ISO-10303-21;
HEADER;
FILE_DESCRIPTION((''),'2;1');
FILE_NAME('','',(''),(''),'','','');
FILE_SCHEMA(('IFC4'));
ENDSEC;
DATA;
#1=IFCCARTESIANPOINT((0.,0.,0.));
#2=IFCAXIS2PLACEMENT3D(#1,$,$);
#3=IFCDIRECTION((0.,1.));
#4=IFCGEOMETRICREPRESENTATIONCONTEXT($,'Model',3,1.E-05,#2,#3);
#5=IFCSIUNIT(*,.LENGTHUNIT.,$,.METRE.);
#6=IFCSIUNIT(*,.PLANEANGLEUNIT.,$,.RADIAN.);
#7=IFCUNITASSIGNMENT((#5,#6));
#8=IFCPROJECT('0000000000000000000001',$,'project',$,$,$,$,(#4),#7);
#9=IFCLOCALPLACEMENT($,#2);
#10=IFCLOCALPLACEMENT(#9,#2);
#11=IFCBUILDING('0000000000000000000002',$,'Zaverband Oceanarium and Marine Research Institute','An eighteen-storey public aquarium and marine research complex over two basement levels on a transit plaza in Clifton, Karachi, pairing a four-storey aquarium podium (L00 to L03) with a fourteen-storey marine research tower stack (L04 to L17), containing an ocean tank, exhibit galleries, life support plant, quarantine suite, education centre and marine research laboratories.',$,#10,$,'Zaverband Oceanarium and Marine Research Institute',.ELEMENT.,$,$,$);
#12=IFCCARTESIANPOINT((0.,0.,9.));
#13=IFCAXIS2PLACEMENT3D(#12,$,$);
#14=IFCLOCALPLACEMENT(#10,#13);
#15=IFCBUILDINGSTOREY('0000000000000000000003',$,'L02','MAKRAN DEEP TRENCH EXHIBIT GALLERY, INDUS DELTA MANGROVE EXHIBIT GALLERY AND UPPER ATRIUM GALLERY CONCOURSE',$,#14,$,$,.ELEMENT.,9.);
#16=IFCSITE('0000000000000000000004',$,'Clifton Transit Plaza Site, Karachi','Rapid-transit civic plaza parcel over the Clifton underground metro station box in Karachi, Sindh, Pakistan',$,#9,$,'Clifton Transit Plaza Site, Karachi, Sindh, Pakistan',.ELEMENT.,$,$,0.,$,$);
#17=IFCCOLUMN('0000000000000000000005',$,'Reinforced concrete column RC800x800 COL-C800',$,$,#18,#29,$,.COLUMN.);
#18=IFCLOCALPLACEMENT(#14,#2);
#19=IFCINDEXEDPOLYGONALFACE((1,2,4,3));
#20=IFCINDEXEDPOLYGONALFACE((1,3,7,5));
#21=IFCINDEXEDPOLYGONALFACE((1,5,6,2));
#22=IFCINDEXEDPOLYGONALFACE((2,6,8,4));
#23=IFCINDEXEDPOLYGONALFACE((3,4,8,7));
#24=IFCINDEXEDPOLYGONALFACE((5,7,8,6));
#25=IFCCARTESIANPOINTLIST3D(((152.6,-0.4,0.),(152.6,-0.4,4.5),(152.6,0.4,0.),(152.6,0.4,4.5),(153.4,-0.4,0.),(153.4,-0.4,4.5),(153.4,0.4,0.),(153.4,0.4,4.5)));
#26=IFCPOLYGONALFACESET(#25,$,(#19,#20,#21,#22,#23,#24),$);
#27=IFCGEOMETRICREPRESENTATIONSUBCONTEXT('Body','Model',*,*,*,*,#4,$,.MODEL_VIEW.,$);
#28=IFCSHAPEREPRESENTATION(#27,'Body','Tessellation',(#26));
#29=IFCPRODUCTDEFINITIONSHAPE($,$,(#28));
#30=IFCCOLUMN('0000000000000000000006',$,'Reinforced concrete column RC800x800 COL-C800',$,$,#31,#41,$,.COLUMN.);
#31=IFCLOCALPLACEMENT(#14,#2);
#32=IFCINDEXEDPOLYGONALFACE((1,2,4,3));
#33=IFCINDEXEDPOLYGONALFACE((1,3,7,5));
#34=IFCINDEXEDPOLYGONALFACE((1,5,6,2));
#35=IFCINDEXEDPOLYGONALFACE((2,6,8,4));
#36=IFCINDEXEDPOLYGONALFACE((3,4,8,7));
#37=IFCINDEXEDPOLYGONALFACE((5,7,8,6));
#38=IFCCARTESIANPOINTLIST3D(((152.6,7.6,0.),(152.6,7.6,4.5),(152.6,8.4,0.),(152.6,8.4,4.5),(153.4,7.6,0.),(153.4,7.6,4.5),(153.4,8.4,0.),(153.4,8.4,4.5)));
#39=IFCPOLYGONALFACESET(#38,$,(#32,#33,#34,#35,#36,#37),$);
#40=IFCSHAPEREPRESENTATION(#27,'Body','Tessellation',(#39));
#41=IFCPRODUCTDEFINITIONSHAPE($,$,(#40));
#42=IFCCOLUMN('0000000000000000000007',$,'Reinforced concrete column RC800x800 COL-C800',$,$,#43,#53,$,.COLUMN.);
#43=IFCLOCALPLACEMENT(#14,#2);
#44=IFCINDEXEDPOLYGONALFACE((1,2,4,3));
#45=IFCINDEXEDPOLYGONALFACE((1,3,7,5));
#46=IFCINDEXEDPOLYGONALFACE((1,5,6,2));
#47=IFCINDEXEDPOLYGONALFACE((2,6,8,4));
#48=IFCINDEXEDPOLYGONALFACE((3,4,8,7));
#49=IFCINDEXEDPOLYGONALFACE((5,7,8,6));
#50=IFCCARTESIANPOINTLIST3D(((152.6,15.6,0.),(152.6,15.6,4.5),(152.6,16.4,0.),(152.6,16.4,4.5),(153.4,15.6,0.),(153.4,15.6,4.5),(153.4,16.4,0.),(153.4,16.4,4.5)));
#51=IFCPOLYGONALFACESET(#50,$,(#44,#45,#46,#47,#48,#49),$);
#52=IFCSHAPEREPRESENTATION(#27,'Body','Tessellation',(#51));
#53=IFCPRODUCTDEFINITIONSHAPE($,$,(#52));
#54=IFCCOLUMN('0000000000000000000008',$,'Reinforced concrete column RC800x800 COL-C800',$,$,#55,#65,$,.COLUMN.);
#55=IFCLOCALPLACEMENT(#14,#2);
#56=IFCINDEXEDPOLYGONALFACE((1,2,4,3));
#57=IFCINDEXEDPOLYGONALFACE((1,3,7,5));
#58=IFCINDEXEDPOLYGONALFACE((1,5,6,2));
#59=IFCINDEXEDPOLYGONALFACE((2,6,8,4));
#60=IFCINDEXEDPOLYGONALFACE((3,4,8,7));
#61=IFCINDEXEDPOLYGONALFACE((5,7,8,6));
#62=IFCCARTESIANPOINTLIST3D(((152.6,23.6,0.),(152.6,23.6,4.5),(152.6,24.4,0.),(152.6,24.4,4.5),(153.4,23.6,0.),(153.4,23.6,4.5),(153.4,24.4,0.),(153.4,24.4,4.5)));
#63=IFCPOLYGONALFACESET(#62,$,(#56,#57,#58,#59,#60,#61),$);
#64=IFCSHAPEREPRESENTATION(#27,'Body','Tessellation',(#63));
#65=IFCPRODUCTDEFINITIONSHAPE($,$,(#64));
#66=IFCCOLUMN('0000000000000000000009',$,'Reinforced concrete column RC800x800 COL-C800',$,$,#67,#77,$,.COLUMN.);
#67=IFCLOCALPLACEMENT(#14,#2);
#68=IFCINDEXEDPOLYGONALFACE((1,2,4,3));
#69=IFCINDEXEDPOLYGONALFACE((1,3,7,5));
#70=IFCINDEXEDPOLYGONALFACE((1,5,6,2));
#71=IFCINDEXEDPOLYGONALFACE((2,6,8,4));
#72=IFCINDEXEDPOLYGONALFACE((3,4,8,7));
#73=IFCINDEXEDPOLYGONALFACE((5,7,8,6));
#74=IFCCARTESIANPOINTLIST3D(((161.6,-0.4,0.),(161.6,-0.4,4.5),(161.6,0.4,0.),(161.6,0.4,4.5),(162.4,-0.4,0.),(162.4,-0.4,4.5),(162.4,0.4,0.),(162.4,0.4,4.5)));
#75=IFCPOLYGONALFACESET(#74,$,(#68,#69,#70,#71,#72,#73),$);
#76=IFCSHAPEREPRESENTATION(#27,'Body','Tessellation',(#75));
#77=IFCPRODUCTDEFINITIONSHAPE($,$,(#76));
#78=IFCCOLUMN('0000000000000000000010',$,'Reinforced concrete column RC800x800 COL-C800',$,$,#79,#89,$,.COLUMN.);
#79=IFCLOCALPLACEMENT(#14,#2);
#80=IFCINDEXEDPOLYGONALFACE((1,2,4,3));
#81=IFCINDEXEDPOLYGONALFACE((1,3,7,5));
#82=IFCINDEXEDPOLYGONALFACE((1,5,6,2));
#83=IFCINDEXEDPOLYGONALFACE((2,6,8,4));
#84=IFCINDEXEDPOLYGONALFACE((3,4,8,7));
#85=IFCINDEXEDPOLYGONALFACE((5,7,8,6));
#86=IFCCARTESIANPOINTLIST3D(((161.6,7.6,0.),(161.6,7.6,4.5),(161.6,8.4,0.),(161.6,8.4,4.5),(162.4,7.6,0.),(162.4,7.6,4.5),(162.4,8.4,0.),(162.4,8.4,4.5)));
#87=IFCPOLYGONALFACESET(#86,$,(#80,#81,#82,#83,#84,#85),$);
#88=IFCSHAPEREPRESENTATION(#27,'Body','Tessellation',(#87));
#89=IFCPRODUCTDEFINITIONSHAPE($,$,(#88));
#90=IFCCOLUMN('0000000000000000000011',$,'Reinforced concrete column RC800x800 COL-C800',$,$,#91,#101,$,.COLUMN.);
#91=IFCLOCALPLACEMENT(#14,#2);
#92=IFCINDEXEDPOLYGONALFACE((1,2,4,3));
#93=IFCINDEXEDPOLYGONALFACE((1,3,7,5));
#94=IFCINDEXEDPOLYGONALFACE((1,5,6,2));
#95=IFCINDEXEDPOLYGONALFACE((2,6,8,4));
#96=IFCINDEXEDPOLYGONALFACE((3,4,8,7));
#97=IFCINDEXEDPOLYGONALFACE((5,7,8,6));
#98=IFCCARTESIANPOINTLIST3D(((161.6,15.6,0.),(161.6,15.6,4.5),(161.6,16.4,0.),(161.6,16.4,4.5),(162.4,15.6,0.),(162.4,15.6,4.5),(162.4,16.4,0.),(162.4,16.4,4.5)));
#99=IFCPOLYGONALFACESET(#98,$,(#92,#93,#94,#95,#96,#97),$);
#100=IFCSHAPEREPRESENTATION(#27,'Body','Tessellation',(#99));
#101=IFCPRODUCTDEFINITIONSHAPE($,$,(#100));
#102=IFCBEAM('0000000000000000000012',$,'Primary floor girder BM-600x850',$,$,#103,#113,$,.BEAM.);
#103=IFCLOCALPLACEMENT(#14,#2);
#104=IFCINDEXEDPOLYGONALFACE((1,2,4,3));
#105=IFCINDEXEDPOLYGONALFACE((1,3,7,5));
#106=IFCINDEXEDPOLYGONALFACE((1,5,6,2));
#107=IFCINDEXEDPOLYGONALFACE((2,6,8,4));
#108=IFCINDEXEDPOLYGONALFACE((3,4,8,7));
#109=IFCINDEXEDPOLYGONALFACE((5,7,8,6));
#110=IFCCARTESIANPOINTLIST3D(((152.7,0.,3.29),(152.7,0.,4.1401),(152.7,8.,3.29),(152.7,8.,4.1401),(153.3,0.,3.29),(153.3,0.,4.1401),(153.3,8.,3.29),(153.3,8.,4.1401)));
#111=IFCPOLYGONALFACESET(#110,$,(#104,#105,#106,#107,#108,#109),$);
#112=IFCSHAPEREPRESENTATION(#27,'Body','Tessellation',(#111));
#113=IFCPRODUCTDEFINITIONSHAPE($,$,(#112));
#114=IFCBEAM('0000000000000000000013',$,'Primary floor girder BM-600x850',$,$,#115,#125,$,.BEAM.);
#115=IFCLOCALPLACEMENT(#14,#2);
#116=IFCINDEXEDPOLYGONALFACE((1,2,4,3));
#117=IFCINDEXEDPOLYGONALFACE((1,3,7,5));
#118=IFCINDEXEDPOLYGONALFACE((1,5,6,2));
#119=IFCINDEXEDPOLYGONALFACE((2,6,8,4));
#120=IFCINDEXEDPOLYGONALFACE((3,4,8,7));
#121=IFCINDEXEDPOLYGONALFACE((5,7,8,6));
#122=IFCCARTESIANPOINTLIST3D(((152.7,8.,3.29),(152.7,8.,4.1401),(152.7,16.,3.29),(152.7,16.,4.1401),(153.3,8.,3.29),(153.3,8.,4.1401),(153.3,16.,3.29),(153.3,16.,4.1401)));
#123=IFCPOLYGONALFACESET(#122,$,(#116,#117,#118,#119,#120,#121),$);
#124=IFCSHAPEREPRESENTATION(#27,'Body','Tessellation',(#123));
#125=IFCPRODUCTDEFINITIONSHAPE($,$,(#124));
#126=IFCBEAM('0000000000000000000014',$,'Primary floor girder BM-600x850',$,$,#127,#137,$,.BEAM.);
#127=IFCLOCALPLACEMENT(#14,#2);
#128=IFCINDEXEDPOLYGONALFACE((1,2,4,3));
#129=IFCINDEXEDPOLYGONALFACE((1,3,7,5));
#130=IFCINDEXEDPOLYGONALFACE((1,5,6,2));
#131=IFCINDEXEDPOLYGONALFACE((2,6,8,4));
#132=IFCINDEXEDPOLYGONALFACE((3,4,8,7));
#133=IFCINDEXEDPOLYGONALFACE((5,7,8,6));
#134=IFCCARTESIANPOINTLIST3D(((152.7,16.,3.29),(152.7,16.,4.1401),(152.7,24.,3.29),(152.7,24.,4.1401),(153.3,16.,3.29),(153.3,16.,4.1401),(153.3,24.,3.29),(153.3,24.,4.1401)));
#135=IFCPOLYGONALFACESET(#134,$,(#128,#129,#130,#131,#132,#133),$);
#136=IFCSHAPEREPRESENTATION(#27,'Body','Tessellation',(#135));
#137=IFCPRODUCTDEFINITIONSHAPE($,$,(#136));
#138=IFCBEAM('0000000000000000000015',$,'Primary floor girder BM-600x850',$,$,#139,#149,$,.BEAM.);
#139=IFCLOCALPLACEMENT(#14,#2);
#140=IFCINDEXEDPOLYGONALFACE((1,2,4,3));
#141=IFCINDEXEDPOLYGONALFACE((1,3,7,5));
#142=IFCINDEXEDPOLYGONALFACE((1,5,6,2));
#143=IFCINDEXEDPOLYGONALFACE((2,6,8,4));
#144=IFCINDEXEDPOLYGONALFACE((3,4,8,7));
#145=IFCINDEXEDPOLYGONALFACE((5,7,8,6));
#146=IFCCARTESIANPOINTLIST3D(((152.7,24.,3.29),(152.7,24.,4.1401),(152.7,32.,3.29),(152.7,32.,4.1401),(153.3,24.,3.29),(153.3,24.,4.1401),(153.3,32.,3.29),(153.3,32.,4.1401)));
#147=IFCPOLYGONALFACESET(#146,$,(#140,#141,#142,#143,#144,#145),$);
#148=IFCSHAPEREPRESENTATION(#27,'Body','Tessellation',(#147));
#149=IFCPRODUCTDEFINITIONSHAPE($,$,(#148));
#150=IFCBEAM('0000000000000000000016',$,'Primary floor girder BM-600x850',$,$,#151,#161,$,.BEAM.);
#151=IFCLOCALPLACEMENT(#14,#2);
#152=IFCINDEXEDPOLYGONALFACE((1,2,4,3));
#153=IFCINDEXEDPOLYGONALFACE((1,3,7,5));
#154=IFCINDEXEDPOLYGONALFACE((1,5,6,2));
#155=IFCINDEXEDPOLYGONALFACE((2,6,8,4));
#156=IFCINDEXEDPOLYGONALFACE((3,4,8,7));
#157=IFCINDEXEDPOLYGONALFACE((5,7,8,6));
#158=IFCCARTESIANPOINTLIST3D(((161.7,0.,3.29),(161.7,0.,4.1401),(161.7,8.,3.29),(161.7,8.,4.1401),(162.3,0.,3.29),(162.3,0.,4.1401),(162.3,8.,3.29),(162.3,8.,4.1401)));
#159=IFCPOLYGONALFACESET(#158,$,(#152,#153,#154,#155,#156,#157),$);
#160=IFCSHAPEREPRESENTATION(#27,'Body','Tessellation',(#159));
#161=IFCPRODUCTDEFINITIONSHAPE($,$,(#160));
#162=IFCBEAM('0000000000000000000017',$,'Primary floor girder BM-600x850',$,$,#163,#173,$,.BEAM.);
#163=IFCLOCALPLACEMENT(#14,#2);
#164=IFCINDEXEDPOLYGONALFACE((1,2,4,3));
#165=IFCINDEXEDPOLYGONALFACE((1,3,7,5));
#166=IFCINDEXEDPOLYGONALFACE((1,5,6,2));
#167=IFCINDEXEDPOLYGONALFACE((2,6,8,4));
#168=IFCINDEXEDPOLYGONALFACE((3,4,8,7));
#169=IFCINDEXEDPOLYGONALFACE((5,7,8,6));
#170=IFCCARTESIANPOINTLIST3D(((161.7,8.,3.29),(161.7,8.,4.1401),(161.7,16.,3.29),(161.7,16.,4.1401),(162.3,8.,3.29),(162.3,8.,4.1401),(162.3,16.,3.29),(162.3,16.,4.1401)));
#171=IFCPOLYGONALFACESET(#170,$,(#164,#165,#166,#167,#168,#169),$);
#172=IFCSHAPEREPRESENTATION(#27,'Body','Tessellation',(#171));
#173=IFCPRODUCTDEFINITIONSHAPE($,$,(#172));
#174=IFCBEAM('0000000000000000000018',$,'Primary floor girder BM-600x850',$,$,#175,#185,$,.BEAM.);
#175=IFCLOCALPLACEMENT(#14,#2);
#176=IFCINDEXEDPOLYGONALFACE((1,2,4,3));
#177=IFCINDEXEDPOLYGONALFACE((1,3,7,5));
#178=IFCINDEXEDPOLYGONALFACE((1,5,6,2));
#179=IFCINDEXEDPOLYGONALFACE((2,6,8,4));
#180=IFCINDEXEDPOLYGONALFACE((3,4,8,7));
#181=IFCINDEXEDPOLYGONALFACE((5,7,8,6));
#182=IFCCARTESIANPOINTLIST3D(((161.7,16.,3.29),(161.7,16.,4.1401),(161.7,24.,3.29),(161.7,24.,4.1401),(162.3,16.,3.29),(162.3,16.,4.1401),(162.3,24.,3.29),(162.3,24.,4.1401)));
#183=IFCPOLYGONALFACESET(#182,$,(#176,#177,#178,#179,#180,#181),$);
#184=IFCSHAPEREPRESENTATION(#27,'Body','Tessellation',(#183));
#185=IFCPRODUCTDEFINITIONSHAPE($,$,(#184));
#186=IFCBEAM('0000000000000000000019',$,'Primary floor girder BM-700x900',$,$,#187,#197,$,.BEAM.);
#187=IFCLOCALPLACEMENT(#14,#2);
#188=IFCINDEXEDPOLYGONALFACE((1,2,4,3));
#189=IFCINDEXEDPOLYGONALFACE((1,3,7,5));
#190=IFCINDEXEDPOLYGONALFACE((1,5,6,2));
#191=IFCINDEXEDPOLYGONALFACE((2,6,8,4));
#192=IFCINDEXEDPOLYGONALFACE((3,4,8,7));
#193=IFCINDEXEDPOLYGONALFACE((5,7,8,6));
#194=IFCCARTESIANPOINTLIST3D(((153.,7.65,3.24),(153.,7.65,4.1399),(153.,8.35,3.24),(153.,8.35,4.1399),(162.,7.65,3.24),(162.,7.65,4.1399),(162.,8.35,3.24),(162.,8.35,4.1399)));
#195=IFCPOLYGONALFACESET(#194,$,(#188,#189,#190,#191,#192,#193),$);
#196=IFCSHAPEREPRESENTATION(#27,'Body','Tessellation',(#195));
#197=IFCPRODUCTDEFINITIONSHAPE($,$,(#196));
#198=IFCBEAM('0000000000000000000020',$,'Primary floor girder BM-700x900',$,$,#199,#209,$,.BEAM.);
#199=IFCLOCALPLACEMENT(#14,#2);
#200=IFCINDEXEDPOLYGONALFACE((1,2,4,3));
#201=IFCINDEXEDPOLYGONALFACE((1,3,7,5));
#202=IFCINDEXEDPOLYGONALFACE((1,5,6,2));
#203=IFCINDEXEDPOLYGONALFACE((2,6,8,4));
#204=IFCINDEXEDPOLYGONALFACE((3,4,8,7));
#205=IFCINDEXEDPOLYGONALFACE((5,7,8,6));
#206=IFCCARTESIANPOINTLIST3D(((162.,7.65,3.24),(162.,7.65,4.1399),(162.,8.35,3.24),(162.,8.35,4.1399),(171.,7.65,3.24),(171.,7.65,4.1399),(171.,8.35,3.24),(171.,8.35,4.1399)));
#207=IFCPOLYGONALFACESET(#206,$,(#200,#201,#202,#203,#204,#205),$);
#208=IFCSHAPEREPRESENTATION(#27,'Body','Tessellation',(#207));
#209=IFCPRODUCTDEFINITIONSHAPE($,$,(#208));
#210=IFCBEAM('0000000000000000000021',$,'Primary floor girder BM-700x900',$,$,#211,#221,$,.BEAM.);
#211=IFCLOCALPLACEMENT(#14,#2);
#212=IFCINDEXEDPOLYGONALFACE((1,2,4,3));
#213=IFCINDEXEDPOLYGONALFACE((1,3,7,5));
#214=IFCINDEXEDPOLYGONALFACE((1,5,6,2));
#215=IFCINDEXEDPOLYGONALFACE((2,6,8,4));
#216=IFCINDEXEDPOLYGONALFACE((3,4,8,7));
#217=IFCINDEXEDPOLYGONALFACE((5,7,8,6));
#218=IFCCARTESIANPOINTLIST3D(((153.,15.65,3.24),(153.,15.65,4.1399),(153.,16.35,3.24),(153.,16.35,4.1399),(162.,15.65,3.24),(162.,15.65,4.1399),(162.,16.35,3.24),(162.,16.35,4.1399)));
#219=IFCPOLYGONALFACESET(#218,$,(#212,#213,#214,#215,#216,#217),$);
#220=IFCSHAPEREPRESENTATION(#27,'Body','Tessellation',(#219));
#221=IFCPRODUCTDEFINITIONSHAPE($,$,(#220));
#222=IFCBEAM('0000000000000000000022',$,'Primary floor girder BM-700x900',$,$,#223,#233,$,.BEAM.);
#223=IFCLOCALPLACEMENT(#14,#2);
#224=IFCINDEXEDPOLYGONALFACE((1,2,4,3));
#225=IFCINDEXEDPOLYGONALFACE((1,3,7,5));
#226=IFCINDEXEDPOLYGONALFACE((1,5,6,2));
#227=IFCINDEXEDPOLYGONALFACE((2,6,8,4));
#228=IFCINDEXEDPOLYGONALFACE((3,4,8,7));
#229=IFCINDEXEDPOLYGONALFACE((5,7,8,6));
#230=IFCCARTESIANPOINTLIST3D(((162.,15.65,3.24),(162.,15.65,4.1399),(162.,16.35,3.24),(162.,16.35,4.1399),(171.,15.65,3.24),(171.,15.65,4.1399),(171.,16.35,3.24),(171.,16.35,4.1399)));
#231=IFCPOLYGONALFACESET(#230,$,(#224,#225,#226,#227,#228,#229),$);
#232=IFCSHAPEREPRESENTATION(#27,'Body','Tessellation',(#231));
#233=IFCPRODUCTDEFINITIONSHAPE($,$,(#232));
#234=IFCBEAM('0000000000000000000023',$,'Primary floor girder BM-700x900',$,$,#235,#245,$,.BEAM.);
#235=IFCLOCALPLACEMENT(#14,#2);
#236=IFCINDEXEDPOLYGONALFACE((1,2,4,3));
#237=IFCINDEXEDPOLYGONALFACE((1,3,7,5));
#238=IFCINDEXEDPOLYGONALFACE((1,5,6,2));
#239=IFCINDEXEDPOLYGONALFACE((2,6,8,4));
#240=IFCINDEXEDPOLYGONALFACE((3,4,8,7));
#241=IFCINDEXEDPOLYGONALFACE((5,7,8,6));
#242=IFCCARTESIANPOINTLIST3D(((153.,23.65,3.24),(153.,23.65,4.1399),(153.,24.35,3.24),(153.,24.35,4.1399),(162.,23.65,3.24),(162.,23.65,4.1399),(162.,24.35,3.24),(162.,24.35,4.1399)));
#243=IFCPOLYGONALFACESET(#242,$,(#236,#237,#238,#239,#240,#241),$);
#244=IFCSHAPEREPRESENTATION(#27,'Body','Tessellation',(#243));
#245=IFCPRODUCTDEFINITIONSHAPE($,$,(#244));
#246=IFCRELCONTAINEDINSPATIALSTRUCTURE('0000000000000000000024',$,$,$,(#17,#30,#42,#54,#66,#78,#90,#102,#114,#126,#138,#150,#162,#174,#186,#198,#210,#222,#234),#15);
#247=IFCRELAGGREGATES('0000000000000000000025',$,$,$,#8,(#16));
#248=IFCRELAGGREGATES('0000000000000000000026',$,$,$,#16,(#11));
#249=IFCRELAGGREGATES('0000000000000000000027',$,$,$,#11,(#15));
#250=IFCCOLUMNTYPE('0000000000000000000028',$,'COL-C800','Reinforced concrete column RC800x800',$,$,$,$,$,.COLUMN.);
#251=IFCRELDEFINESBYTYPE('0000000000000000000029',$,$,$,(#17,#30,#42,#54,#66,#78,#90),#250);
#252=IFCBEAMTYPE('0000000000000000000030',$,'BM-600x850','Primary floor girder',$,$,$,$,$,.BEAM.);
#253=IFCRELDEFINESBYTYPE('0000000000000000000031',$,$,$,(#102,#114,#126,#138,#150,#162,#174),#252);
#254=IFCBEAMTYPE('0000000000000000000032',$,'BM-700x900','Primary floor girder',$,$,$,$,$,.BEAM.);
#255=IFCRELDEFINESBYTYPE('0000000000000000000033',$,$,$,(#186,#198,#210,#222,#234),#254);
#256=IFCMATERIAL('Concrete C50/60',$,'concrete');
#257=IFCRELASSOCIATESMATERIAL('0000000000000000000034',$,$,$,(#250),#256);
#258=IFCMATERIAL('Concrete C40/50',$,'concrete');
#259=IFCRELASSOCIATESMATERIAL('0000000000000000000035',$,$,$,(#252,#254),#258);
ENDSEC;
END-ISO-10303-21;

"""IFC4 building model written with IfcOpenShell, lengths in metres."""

from ifc_helpers import new_model, si_unit, direction, frame, origin, origin_2d, place, context, subcontext, project, spatial, rectangle, extrude, material, material_profile, profile_set, type_object, element, save


model = new_model("IFC4")

# Units and contexts
model_context = context("Model", 3, precision=1e-05, world=origin(), true_north=direction((0.0, 1.0)))
body_context = subcontext(model_context, "Body", "Model", "MODEL_VIEW")
ifc_project = project(units=[si_unit("LENGTHUNIT", "METRE"), si_unit("PLANEANGLEUNIT", "RADIAN")], contexts=[model_context])

# Site, building, storey
site_placement = place(None, origin())
site = spatial("IfcSite", under=ifc_project, at=site_placement, Name="Clifton Transit Plaza Site, Karachi", Description="Rapid-transit civic plaza parcel over the Clifton underground metro station box in Karachi, Sindh, Pakistan", LongName="Clifton Transit Plaza Site, Karachi, Sindh, Pakistan", CompositionType="ELEMENT", RefElevation=0.0)
building_placement = place(site_placement, origin())
building = spatial("IfcBuilding", under=site, at=building_placement, Name="Zaverband Oceanarium and Marine Research Institute", Description="An eighteen-storey public aquarium and marine research complex over two basement levels on a transit plaza in Clifton, Karachi, pairing a four-storey aquarium podium (L00 to L03) with a fourteen-storey marine research tower stack (L04 to L17), containing an ocean tank, exhibit galleries, life support plant, quarantine suite, education centre and marine research laboratories.", LongName="Zaverband Oceanarium and Marine Research Institute", CompositionType="ELEMENT")
storey_placement = place(building_placement, frame((0.0, 0.0, 9.0)))
storey = spatial("IfcBuildingStorey", under=building, at=storey_placement, Name="L02", Description="MAKRAN DEEP TRENCH EXHIBIT GALLERY, INDUS DELTA MANGROVE EXHIBIT GALLERY AND UPPER ATRIUM GALLERY CONCOURSE", CompositionType="ELEMENT", Elevation=9.0)

# Columns
ifc_material_1 = material(Name="Concrete C50/60", Category="concrete")
ifc_material_profile_1 = material_profile(ifc_material_1, rectangle(XDim=0.8, YDim=0.8, at=origin_2d()), Name="RC800x800")
ifc_profile_set_1 = profile_set([ifc_material_profile_1], Name="Concrete C50/60")
column_type = type_object("IfcColumnType", Name="COL-C800", Description="Reinforced concrete column RC800x800", PredefinedType="COLUMN", material=ifc_profile_set_1)
for number, where, z_axis, x_axis, name in (
    (1, (153.0, 0.0, 0.0), (0.0, 0.0, 1.0), (1.0, 0.0, 0.0), "Reinforced concrete column RC800x800 COL-C800"),
    (2, (153.0, 8.0, 0.0), (0.0, 0.0, 1.0), (1.0, 0.0, 0.0), "Reinforced concrete column RC800x800 COL-C800"),
    (3, (153.0, 16.0, 0.0), (0.0, 0.0, 1.0), (1.0, 0.0, 0.0), "Reinforced concrete column RC800x800 COL-C800"),
    (4, (153.0, 24.0, 0.0), (0.0, 0.0, 1.0), (1.0, 0.0, 0.0), "Reinforced concrete column RC800x800 COL-C800"),
    (5, (162.0, 0.0, 0.0), (0.0, 0.0, 1.0), (1.0, 0.0, 0.0), "Reinforced concrete column RC800x800 COL-C800"),
    (6, (162.0, 8.0, 0.0), (0.0, 0.0, 1.0), (1.0, 0.0, 0.0), "Reinforced concrete column RC800x800 COL-C800"),
    (7, (162.0, 16.0, 0.0), (0.0, 0.0, 1.0), (1.0, 0.0, 0.0), "Reinforced concrete column RC800x800 COL-C800"),
):
    element("IfcColumn", number, at=place(storey_placement, frame(where, z_axis=z_axis, x_axis=x_axis)), inside=storey, type_object=column_type, Name=name, PredefinedType="COLUMN", context=body_context, shape_type="SweptSolid", body=[
        extrude(rectangle(XDim=0.8, YDim=0.8, at=origin_2d()), origin(), (0.0, 0.0, 1.0), 4.5),
    ])

# Beams
ifc_material_2 = material(Name="Concrete C40/50", Category="concrete")
ifc_material_profile_2 = material_profile(ifc_material_2, rectangle(XDim=0.6001, YDim=0.8501, at=origin_2d()), Name="RC600x850")
ifc_profile_set_2 = profile_set([ifc_material_profile_2], Name="Concrete C40/50")
beam_type_1 = type_object("IfcBeamType", Name="BM-600x850", Description="Primary floor girder", PredefinedType="BEAM", material=ifc_profile_set_2)
for number, where, z_axis, x_axis, name in (
    (8, (153.0, 0.0, 3.7151), (0.0, 1.0, 0.0), (-1.0, 0.0, 0.0), "Primary floor girder BM-600x850"),
    (9, (153.0, 8.0, 3.7151), (0.0, 1.0, 0.0), (-1.0, 0.0, 0.0), "Primary floor girder BM-600x850"),
    (10, (153.0, 16.0, 3.7151), (0.0, 1.0, 0.0), (-1.0, 0.0, 0.0), "Primary floor girder BM-600x850"),
    (11, (153.0, 24.0, 3.7151), (0.0, 1.0, 0.0), (-1.0, 0.0, 0.0), "Primary floor girder BM-600x850"),
    (12, (162.0, 0.0, 3.7151), (0.0, 1.0, 0.0), (-1.0, 0.0, 0.0), "Primary floor girder BM-600x850"),
    (13, (162.0, 8.0, 3.7151), (0.0, 1.0, 0.0), (-1.0, 0.0, 0.0), "Primary floor girder BM-600x850"),
    (14, (162.0, 16.0, 3.7151), (0.0, 1.0, 0.0), (-1.0, 0.0, 0.0), "Primary floor girder BM-600x850"),
):
    element("IfcBeam", number, at=place(storey_placement, frame(where, z_axis=z_axis, x_axis=x_axis)), inside=storey, type_object=beam_type_1, Name=name, PredefinedType="BEAM", context=body_context, shape_type="SweptSolid", body=[
        extrude(rectangle(XDim=0.6001, YDim=0.8501, at=origin_2d()), origin(), (0.0, 0.0, 1.0), 8.0),
    ])
ifc_material_profile_3 = material_profile(ifc_material_2, rectangle(XDim=0.7, YDim=0.8999, at=origin_2d()), Name="RC700x900")
ifc_profile_set_3 = profile_set([ifc_material_profile_3], Name="Concrete C40/50")
beam_type_2 = type_object("IfcBeamType", Name="BM-700x900", Description="Primary floor girder", PredefinedType="BEAM", material=ifc_profile_set_3)
for number, where, z_axis, x_axis, name in (
    (15, (153.0, 8.0, 3.6899), (1.0, 0.0, 0.0), (0.0, 1.0, 0.0), "Primary floor girder BM-700x900"),
    (16, (162.0, 8.0, 3.6899), (1.0, 0.0, 0.0), (0.0, 1.0, 0.0), "Primary floor girder BM-700x900"),
    (17, (153.0, 16.0, 3.6899), (1.0, 0.0, 0.0), (0.0, 1.0, 0.0), "Primary floor girder BM-700x900"),
    (18, (162.0, 16.0, 3.6899), (1.0, 0.0, 0.0), (0.0, 1.0, 0.0), "Primary floor girder BM-700x900"),
    (19, (153.0, 24.0, 3.6899), (1.0, 0.0, 0.0), (0.0, 1.0, 0.0), "Primary floor girder BM-700x900"),
):
    element("IfcBeam", number, at=place(storey_placement, frame(where, z_axis=z_axis, x_axis=x_axis)), inside=storey, type_object=beam_type_2, Name=name, PredefinedType="BEAM", context=body_context, shape_type="SweptSolid", body=[
        extrude(rectangle(XDim=0.7, YDim=0.8999, at=origin_2d()), origin(), (0.0, 0.0, 1.0), 9.0),
    ])

save(model, "model.ifc")
